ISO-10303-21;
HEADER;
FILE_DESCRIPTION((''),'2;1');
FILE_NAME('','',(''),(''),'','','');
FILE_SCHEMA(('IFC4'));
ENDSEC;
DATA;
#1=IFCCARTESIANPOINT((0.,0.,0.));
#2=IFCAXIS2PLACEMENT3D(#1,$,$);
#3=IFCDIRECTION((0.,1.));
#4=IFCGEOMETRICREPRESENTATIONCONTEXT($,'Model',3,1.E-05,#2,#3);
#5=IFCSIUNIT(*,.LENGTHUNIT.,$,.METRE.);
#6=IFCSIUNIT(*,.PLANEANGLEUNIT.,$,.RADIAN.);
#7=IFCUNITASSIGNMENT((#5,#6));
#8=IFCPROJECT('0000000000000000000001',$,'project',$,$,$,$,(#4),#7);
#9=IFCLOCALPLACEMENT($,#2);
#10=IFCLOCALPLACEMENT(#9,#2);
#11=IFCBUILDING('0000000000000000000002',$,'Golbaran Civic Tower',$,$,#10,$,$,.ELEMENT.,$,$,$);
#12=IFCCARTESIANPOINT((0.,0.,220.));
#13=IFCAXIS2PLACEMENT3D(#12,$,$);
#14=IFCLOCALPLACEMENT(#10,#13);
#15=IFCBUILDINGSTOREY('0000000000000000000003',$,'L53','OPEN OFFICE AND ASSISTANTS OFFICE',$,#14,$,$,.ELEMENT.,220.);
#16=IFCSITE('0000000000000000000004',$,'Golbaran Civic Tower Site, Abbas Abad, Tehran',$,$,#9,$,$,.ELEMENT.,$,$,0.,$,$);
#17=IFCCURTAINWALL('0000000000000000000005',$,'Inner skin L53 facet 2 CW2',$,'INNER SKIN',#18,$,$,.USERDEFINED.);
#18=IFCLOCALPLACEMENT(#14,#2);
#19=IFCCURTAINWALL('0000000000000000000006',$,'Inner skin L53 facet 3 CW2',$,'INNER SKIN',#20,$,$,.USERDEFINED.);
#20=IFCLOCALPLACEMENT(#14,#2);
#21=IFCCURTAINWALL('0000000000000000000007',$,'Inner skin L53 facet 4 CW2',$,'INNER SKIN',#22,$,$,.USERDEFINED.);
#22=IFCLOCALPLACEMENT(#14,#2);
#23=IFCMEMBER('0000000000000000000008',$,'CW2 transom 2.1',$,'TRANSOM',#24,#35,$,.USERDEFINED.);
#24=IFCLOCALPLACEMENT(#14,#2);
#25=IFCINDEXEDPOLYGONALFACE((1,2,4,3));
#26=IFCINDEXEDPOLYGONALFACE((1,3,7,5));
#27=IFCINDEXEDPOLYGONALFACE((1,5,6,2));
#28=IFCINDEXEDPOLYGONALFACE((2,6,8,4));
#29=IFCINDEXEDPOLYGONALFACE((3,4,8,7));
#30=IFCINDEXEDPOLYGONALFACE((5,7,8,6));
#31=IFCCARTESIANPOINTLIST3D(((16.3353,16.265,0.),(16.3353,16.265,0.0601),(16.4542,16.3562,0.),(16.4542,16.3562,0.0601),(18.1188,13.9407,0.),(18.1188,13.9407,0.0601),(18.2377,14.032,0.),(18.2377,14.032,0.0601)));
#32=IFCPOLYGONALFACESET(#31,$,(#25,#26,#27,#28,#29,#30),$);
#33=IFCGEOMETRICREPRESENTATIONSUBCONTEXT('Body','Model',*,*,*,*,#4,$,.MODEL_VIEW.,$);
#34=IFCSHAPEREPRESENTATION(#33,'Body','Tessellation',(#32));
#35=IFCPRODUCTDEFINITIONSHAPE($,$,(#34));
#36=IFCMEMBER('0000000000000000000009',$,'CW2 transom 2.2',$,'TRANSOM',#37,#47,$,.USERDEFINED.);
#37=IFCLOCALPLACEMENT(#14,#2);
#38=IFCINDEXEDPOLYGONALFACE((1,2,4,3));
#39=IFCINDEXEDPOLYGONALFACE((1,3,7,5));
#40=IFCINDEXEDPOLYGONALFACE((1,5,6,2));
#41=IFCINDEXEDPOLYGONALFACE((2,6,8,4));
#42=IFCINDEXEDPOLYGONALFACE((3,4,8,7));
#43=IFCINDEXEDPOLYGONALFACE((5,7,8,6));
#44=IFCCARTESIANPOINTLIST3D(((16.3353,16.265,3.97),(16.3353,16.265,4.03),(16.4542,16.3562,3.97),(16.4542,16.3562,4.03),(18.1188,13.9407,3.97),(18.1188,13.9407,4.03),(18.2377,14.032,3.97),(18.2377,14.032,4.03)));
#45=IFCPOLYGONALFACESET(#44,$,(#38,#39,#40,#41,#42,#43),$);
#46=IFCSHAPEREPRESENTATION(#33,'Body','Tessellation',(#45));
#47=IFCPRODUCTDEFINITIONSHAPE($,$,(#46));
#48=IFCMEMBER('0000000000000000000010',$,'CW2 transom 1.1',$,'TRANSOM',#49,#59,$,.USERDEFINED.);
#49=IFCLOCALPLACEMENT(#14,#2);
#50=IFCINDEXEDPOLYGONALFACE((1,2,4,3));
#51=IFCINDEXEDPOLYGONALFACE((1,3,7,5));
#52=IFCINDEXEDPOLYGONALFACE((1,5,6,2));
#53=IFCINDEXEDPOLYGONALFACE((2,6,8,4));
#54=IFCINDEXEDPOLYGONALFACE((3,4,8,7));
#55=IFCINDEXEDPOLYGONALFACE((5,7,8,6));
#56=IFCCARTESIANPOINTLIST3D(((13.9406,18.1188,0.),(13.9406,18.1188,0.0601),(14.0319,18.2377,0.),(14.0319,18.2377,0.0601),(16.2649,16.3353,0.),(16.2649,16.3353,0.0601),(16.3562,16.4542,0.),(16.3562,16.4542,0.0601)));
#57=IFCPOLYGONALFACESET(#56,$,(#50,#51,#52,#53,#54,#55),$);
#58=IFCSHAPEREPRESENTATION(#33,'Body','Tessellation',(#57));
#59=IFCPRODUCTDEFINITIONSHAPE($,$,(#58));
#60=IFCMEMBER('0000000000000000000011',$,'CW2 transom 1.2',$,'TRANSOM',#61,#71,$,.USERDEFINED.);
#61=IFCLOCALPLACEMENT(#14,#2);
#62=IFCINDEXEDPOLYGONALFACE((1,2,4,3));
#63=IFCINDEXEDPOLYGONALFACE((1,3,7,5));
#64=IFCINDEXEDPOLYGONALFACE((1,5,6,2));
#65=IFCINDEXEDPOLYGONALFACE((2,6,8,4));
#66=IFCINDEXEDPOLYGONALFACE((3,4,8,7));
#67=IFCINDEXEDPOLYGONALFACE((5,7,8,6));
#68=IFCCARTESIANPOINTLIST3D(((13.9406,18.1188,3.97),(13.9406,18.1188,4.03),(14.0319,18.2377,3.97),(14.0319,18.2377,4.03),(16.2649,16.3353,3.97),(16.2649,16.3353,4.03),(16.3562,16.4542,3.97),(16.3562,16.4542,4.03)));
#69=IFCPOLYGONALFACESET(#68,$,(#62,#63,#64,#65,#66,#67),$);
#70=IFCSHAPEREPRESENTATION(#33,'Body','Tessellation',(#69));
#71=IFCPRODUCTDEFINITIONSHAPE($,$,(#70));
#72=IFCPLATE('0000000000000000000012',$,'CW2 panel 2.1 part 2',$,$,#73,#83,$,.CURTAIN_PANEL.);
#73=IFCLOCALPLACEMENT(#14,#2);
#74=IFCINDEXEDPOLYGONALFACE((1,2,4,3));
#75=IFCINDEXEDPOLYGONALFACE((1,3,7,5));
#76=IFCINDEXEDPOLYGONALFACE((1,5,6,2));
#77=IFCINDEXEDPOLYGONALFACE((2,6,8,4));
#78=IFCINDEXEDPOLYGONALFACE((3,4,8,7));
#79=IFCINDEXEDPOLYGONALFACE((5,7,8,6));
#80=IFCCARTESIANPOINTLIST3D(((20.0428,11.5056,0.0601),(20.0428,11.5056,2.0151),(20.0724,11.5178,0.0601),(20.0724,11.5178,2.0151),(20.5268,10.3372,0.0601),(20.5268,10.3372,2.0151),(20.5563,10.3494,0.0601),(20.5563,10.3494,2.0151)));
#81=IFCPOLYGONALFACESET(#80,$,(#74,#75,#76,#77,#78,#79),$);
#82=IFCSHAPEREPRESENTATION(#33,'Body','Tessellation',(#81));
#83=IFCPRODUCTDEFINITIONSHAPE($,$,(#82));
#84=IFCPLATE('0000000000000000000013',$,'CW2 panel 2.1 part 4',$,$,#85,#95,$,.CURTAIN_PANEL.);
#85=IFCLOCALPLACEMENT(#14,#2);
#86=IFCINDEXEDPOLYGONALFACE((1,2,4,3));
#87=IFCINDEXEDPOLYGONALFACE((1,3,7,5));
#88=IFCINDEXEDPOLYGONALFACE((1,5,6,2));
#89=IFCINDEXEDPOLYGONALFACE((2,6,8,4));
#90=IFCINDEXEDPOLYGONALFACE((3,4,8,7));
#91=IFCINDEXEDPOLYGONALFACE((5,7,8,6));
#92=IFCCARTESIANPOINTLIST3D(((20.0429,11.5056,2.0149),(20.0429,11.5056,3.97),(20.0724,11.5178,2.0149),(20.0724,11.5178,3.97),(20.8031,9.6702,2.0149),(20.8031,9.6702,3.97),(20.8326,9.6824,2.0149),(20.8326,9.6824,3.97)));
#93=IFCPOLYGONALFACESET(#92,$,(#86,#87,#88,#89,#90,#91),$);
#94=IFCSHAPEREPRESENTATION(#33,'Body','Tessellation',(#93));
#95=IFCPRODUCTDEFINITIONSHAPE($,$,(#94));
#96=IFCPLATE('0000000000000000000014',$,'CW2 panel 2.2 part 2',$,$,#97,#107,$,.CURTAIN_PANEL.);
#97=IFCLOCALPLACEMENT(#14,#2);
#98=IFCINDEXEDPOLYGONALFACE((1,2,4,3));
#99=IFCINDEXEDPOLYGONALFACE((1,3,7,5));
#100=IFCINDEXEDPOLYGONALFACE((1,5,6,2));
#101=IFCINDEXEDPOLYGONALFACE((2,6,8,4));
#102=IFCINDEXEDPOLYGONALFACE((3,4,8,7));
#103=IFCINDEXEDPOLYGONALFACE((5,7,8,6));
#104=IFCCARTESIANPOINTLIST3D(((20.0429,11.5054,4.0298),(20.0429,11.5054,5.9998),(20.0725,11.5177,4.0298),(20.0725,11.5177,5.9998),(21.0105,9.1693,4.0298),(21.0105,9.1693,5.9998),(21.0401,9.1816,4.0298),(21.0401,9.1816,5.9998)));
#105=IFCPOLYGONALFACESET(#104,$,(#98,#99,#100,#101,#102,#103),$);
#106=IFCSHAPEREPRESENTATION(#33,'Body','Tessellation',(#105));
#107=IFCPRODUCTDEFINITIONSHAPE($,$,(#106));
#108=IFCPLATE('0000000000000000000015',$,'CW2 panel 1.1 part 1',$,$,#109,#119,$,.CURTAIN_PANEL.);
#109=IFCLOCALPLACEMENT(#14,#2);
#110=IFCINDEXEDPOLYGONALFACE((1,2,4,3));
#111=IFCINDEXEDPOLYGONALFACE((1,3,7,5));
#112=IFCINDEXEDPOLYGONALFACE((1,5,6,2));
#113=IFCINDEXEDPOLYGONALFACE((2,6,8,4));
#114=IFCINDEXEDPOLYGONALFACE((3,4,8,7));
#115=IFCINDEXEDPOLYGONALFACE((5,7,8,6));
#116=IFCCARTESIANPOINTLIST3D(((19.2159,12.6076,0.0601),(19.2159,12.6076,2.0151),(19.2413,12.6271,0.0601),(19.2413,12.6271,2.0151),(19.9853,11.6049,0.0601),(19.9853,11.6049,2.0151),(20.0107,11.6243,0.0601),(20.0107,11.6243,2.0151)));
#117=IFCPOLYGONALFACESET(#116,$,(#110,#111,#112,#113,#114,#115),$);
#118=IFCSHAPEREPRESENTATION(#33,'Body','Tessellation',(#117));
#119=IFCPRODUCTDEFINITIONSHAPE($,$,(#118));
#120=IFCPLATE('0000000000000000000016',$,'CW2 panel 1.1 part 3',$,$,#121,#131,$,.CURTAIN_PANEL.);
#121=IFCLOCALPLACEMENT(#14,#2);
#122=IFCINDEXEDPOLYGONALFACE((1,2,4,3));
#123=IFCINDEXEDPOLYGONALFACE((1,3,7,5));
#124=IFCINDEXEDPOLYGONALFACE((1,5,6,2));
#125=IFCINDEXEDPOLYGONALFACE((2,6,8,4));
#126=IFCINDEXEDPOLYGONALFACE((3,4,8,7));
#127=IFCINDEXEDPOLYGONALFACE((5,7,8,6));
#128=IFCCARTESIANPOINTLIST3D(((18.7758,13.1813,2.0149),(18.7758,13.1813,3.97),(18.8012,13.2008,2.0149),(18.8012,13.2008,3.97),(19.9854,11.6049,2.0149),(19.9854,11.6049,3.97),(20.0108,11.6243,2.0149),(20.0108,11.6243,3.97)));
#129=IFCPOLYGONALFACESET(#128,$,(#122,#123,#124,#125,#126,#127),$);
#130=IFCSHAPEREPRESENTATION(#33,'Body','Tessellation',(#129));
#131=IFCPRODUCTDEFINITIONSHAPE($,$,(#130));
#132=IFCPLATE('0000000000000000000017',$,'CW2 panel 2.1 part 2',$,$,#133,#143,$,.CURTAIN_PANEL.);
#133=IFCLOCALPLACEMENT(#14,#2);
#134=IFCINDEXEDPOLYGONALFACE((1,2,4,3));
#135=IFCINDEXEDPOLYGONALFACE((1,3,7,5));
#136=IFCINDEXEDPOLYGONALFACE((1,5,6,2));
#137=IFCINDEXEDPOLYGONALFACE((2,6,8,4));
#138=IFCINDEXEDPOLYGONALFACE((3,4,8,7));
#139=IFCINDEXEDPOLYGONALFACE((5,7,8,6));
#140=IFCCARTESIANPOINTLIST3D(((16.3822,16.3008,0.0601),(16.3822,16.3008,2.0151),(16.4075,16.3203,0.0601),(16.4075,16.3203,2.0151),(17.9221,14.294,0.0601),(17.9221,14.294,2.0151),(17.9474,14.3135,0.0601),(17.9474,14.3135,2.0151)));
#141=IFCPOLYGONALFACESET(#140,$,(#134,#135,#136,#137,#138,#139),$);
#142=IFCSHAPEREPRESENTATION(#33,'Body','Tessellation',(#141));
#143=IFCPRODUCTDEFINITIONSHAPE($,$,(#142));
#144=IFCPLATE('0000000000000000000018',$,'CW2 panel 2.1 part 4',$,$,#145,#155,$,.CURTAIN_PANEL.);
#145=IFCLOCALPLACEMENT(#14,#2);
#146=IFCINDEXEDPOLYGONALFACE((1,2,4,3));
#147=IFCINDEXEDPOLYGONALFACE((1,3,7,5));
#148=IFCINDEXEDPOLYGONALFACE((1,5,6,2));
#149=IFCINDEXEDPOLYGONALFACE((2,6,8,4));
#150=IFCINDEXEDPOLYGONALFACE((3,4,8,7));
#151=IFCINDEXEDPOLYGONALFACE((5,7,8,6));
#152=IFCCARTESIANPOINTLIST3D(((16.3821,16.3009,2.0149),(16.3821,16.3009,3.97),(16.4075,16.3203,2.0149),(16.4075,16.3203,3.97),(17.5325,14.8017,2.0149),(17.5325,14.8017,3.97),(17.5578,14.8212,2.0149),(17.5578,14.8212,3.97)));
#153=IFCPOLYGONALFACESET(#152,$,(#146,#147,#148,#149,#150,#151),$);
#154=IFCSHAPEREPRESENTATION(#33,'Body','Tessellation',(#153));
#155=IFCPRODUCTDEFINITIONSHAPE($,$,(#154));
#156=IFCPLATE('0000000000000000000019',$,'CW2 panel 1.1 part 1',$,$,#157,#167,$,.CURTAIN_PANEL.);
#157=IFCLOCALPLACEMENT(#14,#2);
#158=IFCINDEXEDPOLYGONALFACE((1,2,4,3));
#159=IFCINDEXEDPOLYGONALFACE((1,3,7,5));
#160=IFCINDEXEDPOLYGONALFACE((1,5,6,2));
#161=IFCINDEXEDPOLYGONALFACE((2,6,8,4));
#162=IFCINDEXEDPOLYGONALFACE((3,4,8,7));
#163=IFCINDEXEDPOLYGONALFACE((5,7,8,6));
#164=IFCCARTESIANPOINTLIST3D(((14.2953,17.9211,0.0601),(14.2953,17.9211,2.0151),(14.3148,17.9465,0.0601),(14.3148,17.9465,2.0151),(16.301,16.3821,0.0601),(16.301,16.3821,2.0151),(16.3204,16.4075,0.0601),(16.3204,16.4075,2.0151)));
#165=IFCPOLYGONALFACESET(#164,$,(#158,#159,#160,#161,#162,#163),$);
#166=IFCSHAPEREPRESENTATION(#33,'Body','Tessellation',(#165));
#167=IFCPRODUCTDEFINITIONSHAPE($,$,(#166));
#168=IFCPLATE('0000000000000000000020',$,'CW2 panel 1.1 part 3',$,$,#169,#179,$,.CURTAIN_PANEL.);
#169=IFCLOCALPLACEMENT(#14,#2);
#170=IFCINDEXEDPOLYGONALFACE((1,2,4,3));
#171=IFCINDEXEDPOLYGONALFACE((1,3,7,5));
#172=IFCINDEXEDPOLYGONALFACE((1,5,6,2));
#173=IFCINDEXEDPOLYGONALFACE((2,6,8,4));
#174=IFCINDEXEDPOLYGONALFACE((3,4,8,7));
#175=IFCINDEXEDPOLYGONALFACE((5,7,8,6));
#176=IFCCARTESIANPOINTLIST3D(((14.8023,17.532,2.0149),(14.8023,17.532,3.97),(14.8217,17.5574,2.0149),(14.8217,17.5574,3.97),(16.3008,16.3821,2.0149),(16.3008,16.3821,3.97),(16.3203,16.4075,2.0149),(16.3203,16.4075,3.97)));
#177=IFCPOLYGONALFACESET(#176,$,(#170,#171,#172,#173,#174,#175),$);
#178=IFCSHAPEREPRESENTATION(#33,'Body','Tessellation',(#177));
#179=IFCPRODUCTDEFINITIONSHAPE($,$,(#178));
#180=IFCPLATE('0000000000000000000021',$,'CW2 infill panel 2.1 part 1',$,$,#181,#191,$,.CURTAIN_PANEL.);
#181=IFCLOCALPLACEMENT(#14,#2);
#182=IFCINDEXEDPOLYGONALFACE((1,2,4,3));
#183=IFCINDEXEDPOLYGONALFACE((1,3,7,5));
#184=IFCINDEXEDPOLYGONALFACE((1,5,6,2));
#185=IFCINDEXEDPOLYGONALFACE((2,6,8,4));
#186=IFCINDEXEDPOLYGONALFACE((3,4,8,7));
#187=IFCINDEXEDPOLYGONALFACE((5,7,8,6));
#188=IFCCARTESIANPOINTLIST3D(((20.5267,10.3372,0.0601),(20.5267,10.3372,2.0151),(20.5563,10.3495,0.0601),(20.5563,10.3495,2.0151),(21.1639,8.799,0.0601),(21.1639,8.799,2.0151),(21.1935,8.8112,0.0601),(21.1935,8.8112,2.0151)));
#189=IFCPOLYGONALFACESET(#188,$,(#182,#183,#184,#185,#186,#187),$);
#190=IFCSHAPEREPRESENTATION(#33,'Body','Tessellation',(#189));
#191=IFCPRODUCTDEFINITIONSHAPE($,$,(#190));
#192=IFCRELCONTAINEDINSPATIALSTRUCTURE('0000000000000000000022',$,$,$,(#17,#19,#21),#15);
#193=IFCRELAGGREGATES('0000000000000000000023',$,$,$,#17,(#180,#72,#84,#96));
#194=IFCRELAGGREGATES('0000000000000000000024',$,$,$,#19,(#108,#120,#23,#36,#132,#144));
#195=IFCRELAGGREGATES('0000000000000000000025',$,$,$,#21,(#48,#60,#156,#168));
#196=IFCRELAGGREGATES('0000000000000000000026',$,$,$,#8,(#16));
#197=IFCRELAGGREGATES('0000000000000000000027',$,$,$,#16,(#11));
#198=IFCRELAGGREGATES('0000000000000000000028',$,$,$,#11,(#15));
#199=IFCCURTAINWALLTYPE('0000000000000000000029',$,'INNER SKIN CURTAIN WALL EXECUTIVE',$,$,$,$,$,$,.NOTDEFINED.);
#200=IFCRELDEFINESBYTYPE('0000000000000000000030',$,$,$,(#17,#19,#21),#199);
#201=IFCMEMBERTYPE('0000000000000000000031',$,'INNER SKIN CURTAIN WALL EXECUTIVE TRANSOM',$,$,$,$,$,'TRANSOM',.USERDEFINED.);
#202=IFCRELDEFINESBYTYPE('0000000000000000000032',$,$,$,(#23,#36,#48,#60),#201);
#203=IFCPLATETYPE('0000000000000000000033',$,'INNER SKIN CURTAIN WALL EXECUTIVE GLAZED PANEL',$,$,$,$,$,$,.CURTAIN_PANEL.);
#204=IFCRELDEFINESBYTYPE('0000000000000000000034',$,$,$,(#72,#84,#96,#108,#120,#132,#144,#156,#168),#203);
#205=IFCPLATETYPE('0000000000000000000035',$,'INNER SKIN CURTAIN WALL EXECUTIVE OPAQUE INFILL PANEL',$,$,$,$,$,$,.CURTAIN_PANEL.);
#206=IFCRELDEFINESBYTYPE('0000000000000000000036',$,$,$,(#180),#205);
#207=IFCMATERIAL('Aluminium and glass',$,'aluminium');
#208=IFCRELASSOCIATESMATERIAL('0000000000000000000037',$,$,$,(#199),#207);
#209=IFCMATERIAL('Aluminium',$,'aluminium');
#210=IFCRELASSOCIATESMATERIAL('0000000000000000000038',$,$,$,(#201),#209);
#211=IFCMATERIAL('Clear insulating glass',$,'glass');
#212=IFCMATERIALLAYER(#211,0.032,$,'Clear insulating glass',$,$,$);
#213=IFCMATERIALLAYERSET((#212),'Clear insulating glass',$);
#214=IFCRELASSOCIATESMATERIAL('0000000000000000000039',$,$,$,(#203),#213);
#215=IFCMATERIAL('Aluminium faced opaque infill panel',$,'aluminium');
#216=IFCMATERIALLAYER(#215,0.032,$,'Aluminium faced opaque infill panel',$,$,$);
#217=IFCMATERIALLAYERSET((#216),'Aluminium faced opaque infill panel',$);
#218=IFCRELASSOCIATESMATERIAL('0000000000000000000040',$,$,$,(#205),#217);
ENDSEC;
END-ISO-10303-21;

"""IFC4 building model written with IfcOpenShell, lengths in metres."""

from ifc_helpers import new_model, si_unit, direction, frame, origin, origin_2d, place, context, subcontext, project, spatial, rectangle, extrude, material, layer, layer_set, material_profile, profile_set, type_object, element, aggregate, save


model = new_model("IFC4")

# Units and contexts
model_context = context("Model", 3, precision=1e-05, world=origin(), true_north=direction((0.0, 1.0)))
body_context = subcontext(model_context, "Body", "Model", "MODEL_VIEW")
ifc_project = project(units=[si_unit("LENGTHUNIT", "METRE"), si_unit("PLANEANGLEUNIT", "RADIAN")], contexts=[model_context])

# Site, building, storey
site_placement = place(None, origin())
site = spatial("IfcSite", under=ifc_project, at=site_placement, Name="Golbaran Civic Tower Site, Abbas Abad, Tehran", CompositionType="ELEMENT", RefElevation=0.0)
building_placement = place(site_placement, origin())
building = spatial("IfcBuilding", under=site, at=building_placement, Name="Golbaran Civic Tower", CompositionType="ELEMENT")
storey_placement = place(building_placement, frame((0.0, 0.0, 220.0)))
storey = spatial("IfcBuildingStorey", under=building, at=storey_placement, Name="L53", Description="OPEN OFFICE AND ASSISTANTS OFFICE", CompositionType="ELEMENT", Elevation=220.0)

# Curtain wall
ifc_material_1 = material(Name="Aluminium and glass", Category="aluminium")
curtain_wall_type = type_object("IfcCurtainWallType", Name="INNER SKIN CURTAIN WALL EXECUTIVE", PredefinedType="NOTDEFINED", material=ifc_material_1)
curtain_wall_1_placement = place(storey_placement, origin())
curtain_wall_1 = element("IfcCurtainWall", 1, at=curtain_wall_1_placement, inside=storey, type_object=curtain_wall_type, Name="Inner skin L53 facet 2 CW2", ObjectType="INNER SKIN", PredefinedType="USERDEFINED")
ifc_material_2 = material(Name="Aluminium", Category="aluminium")

# Curtain wall
curtain_wall_2_placement = place(storey_placement, origin())
curtain_wall_2 = element("IfcCurtainWall", 2, at=curtain_wall_2_placement, inside=storey, type_object=curtain_wall_type, Name="Inner skin L53 facet 3 CW2", ObjectType="INNER SKIN", PredefinedType="USERDEFINED")

# Curtain wall
curtain_wall_3_placement = place(storey_placement, origin())
curtain_wall_3 = element("IfcCurtainWall", 3, at=curtain_wall_3_placement, inside=storey, type_object=curtain_wall_type, Name="Inner skin L53 facet 4 CW2", ObjectType="INNER SKIN", PredefinedType="USERDEFINED")

# Members
ifc_material_profile_1 = material_profile(ifc_material_2, rectangle(XDim=0.1499, YDim=0.0601, at=origin_2d()), Name="INNER SKIN CURTAIN WALL EXECUTIVE TRANSOM")
ifc_profile_set_1 = profile_set([ifc_material_profile_1], Name="Aluminium")
member_type_1 = type_object("IfcMemberType", Name="INNER SKIN CURTAIN WALL EXECUTIVE TRANSOM", ElementType="TRANSOM", PredefinedType="USERDEFINED", material=ifc_profile_set_1)
member_1_placement = place(storey_placement, frame((18.1782, 13.9863, 0.03), z_axis=(-0.608764, 0.793351, 0.0), x_axis=(-0.793351, -0.608764, 0.0)))
member_1 = element("IfcMember", 4, at=member_1_placement, type_object=member_type_1, Name="CW2 transom 2.1", ObjectType="TRANSOM", PredefinedType="USERDEFINED", context=body_context, shape_type="SweptSolid", body=[
    extrude(rectangle(XDim=0.1499, YDim=0.0601, at=origin_2d()), origin(), (0.0, 0.0, 1.0), 2.9297),
])
member_2_placement = place(storey_placement, frame((18.1782, 13.9863, 4.0), z_axis=(-0.608764, 0.793351, 0.0), x_axis=(-0.793351, -0.608764, 0.0)))
member_2 = element("IfcMember", 5, at=member_2_placement, type_object=member_type_1, Name="CW2 transom 2.2", ObjectType="TRANSOM", PredefinedType="USERDEFINED", context=body_context, shape_type="SweptSolid", body=[
    extrude(rectangle(XDim=0.1499, YDim=0.0601, at=origin_2d()), origin(), (0.0, 0.0, 1.0), 2.9297),
])
member_3_placement = place(storey_placement, frame((16.3105, 16.3948, 0.03), z_axis=(-0.793351, 0.608764, 0.0), x_axis=(-0.608764, -0.793351, 0.0)))
member_3 = element("IfcMember", 6, at=member_3_placement, type_object=member_type_1, Name="CW2 transom 1.1", ObjectType="TRANSOM", PredefinedType="USERDEFINED", context=body_context, shape_type="SweptSolid", body=[
    extrude(rectangle(XDim=0.1499, YDim=0.0601, at=origin_2d()), origin(), (0.0, 0.0, 1.0), 2.9297),
])
member_4_placement = place(storey_placement, frame((16.3105, 16.3948, 4.0), z_axis=(-0.793351, 0.608764, 0.0), x_axis=(-0.608764, -0.793351, 0.0)))
member_4 = element("IfcMember", 7, at=member_4_placement, type_object=member_type_1, Name="CW2 transom 1.2", ObjectType="TRANSOM", PredefinedType="USERDEFINED", context=body_context, shape_type="SweptSolid", body=[
    extrude(rectangle(XDim=0.1499, YDim=0.0601, at=origin_2d()), origin(), (0.0, 0.0, 1.0), 2.9297),
])

# Plates
ifc_material_3 = material(Name="Clear insulating glass", Category="glass")
ifc_layer_1 = layer(ifc_material_3, 0.032, Name="Clear insulating glass")
ifc_layer_set_1 = layer_set([ifc_layer_1], Name="Clear insulating glass")
plate_type_1 = type_object("IfcPlateType", Name="INNER SKIN CURTAIN WALL EXECUTIVE GLAZED PANEL", PredefinedType="CURTAIN_PANEL", material=ifc_layer_set_1)
plate_1_placement = place(storey_placement, frame((20.2996, 10.9275, 0.0601), z_axis=(0.0, 0.0, 1.0), x_axis=(-0.382683, 0.92388, 0.0)))
plate_1 = element("IfcPlate", 8, at=plate_1_placement, type_object=plate_type_1, Name="CW2 panel 2.1 part 2", PredefinedType="CURTAIN_PANEL", context=body_context, shape_type="SweptSolid", body=[
    extrude(rectangle(XDim=1.2646, YDim=0.032, at=origin_2d()), origin(), (0.0, 0.0, 1.0), 1.9551),
])
plate_2_placement = place(storey_placement, frame((20.4377, 10.594, 2.0149), z_axis=(0.0, 0.0, 1.0), x_axis=(-0.382683, 0.92388, 0.0)))
plate_2 = element("IfcPlate", 9, at=plate_2_placement, type_object=plate_type_1, Name="CW2 panel 2.1 part 4", PredefinedType="CURTAIN_PANEL", context=body_context, shape_type="SweptSolid", body=[
    extrude(rectangle(XDim=1.9866, YDim=0.032, at=origin_2d()), origin(), (0.0, 0.0, 1.0), 1.9551),
])
plate_3_placement = place(storey_placement, frame((20.5415, 10.3435, 4.0298), z_axis=(0.0, 0.0, 1.0), x_axis=(-0.382683, 0.92388, 0.0)))
plate_3 = element("IfcPlate", 10, at=plate_3_placement, type_object=plate_type_1, Name="CW2 panel 2.2 part 2", PredefinedType="CURTAIN_PANEL", context=body_context, shape_type="SweptSolid", body=[
    extrude(rectangle(XDim=2.5286, YDim=0.032, at=origin_2d()), origin(), (0.0, 0.0, 1.0), 1.97),
])
plate_4_placement = place(storey_placement, frame((19.6133, 12.116, 0.0601), z_axis=(0.0, 0.0, 1.0), x_axis=(-0.608761, 0.793353, 0.0)))
plate_4 = element("IfcPlate", 11, at=plate_4_placement, type_object=plate_type_1, Name="CW2 panel 1.1 part 1", PredefinedType="CURTAIN_PANEL", context=body_context, shape_type="SweptSolid", body=[
    extrude(rectangle(XDim=1.2639, YDim=0.032, at=origin_2d()), origin(), (0.0, 0.0, 1.0), 1.9551),
])
plate_5_placement = place(storey_placement, frame((19.3933, 12.4028, 2.0149), z_axis=(0.0, 0.0, 1.0), x_axis=(-0.608761, 0.793353, 0.0)))
plate_5 = element("IfcPlate", 12, at=plate_5_placement, type_object=plate_type_1, Name="CW2 panel 1.1 part 3", PredefinedType="CURTAIN_PANEL", context=body_context, shape_type="SweptSolid", body=[
    extrude(rectangle(XDim=1.9871, YDim=0.032, at=origin_2d()), origin(), (0.0, 0.0, 1.0), 1.9551),
])
plate_6_placement = place(storey_placement, frame((17.1648, 15.3071, 0.0601), z_axis=(0.0, 0.0, 1.0), x_axis=(-0.608761, 0.793353, 0.0)))
plate_6 = element("IfcPlate", 13, at=plate_6_placement, type_object=plate_type_1, Name="CW2 panel 2.1 part 2", PredefinedType="CURTAIN_PANEL", context=body_context, shape_type="SweptSolid", body=[
    extrude(rectangle(XDim=2.5295, YDim=0.032, at=origin_2d()), origin(), (0.0, 0.0, 1.0), 1.9551),
])
plate_7_placement = place(storey_placement, frame((16.97, 15.561, 2.0149), z_axis=(0.0, 0.0, 1.0), x_axis=(-0.608761, 0.793353, 0.0)))
plate_7 = element("IfcPlate", 14, at=plate_7_placement, type_object=plate_type_1, Name="CW2 panel 2.1 part 4", PredefinedType="CURTAIN_PANEL", context=body_context, shape_type="SweptSolid", body=[
    extrude(rectangle(XDim=1.8896, YDim=0.032, at=origin_2d()), origin(), (0.0, 0.0, 1.0), 1.9551),
])
plate_8_placement = place(storey_placement, frame((15.3079, 17.1643, 0.0601), z_axis=(0.0, 0.0, 1.0), x_axis=(-0.793353, 0.608761, 0.0)))
plate_8 = element("IfcPlate", 15, at=plate_8_placement, type_object=plate_type_1, Name="CW2 panel 1.1 part 1", PredefinedType="CURTAIN_PANEL", context=body_context, shape_type="SweptSolid", body=[
    extrude(rectangle(XDim=2.5281, YDim=0.032, at=origin_2d()), origin(), (0.0, 0.0, 1.0), 1.9551),
])
plate_9_placement = place(storey_placement, frame((15.5613, 16.9697, 2.0149), z_axis=(0.0, 0.0, 1.0), x_axis=(-0.793353, 0.608761, 0.0)))
plate_9 = element("IfcPlate", 16, at=plate_9_placement, type_object=plate_type_1, Name="CW2 panel 1.1 part 3", PredefinedType="CURTAIN_PANEL", context=body_context, shape_type="SweptSolid", body=[
    extrude(rectangle(XDim=1.8889, YDim=0.032, at=origin_2d()), origin(), (0.0, 0.0, 1.0), 1.9551),
])
ifc_material_4 = material(Name="Aluminium faced opaque infill panel", Category="aluminium")
ifc_layer_2 = layer(ifc_material_4, 0.032, Name="Aluminium faced opaque infill panel")
ifc_layer_set_2 = layer_set([ifc_layer_2], Name="Aluminium faced opaque infill panel")
plate_type_2 = type_object("IfcPlateType", Name="INNER SKIN CURTAIN WALL EXECUTIVE OPAQUE INFILL PANEL", PredefinedType="CURTAIN_PANEL", material=ifc_layer_set_2)
plate_10_placement = place(storey_placement, frame((20.8601, 9.5742, 0.0601), z_axis=(0.0, 0.0, 1.0), x_axis=(-0.382683, 0.92388, 0.0)))
plate_10 = element("IfcPlate", 17, at=plate_10_placement, type_object=plate_type_2, Name="CW2 infill panel 2.1 part 1", PredefinedType="CURTAIN_PANEL", context=body_context, shape_type="SweptSolid", body=[
    extrude(rectangle(XDim=1.665, YDim=0.032, at=origin_2d()), origin(), (0.0, 0.0, 1.0), 1.9551),
])
aggregate(curtain_wall_1, [plate_10, plate_1, plate_2, plate_3])
aggregate(curtain_wall_2, [plate_4, plate_5, member_1, member_2, plate_6, plate_7])
aggregate(curtain_wall_3, [member_3, member_4, plate_8, plate_9])

save(model, "model.ifc")
